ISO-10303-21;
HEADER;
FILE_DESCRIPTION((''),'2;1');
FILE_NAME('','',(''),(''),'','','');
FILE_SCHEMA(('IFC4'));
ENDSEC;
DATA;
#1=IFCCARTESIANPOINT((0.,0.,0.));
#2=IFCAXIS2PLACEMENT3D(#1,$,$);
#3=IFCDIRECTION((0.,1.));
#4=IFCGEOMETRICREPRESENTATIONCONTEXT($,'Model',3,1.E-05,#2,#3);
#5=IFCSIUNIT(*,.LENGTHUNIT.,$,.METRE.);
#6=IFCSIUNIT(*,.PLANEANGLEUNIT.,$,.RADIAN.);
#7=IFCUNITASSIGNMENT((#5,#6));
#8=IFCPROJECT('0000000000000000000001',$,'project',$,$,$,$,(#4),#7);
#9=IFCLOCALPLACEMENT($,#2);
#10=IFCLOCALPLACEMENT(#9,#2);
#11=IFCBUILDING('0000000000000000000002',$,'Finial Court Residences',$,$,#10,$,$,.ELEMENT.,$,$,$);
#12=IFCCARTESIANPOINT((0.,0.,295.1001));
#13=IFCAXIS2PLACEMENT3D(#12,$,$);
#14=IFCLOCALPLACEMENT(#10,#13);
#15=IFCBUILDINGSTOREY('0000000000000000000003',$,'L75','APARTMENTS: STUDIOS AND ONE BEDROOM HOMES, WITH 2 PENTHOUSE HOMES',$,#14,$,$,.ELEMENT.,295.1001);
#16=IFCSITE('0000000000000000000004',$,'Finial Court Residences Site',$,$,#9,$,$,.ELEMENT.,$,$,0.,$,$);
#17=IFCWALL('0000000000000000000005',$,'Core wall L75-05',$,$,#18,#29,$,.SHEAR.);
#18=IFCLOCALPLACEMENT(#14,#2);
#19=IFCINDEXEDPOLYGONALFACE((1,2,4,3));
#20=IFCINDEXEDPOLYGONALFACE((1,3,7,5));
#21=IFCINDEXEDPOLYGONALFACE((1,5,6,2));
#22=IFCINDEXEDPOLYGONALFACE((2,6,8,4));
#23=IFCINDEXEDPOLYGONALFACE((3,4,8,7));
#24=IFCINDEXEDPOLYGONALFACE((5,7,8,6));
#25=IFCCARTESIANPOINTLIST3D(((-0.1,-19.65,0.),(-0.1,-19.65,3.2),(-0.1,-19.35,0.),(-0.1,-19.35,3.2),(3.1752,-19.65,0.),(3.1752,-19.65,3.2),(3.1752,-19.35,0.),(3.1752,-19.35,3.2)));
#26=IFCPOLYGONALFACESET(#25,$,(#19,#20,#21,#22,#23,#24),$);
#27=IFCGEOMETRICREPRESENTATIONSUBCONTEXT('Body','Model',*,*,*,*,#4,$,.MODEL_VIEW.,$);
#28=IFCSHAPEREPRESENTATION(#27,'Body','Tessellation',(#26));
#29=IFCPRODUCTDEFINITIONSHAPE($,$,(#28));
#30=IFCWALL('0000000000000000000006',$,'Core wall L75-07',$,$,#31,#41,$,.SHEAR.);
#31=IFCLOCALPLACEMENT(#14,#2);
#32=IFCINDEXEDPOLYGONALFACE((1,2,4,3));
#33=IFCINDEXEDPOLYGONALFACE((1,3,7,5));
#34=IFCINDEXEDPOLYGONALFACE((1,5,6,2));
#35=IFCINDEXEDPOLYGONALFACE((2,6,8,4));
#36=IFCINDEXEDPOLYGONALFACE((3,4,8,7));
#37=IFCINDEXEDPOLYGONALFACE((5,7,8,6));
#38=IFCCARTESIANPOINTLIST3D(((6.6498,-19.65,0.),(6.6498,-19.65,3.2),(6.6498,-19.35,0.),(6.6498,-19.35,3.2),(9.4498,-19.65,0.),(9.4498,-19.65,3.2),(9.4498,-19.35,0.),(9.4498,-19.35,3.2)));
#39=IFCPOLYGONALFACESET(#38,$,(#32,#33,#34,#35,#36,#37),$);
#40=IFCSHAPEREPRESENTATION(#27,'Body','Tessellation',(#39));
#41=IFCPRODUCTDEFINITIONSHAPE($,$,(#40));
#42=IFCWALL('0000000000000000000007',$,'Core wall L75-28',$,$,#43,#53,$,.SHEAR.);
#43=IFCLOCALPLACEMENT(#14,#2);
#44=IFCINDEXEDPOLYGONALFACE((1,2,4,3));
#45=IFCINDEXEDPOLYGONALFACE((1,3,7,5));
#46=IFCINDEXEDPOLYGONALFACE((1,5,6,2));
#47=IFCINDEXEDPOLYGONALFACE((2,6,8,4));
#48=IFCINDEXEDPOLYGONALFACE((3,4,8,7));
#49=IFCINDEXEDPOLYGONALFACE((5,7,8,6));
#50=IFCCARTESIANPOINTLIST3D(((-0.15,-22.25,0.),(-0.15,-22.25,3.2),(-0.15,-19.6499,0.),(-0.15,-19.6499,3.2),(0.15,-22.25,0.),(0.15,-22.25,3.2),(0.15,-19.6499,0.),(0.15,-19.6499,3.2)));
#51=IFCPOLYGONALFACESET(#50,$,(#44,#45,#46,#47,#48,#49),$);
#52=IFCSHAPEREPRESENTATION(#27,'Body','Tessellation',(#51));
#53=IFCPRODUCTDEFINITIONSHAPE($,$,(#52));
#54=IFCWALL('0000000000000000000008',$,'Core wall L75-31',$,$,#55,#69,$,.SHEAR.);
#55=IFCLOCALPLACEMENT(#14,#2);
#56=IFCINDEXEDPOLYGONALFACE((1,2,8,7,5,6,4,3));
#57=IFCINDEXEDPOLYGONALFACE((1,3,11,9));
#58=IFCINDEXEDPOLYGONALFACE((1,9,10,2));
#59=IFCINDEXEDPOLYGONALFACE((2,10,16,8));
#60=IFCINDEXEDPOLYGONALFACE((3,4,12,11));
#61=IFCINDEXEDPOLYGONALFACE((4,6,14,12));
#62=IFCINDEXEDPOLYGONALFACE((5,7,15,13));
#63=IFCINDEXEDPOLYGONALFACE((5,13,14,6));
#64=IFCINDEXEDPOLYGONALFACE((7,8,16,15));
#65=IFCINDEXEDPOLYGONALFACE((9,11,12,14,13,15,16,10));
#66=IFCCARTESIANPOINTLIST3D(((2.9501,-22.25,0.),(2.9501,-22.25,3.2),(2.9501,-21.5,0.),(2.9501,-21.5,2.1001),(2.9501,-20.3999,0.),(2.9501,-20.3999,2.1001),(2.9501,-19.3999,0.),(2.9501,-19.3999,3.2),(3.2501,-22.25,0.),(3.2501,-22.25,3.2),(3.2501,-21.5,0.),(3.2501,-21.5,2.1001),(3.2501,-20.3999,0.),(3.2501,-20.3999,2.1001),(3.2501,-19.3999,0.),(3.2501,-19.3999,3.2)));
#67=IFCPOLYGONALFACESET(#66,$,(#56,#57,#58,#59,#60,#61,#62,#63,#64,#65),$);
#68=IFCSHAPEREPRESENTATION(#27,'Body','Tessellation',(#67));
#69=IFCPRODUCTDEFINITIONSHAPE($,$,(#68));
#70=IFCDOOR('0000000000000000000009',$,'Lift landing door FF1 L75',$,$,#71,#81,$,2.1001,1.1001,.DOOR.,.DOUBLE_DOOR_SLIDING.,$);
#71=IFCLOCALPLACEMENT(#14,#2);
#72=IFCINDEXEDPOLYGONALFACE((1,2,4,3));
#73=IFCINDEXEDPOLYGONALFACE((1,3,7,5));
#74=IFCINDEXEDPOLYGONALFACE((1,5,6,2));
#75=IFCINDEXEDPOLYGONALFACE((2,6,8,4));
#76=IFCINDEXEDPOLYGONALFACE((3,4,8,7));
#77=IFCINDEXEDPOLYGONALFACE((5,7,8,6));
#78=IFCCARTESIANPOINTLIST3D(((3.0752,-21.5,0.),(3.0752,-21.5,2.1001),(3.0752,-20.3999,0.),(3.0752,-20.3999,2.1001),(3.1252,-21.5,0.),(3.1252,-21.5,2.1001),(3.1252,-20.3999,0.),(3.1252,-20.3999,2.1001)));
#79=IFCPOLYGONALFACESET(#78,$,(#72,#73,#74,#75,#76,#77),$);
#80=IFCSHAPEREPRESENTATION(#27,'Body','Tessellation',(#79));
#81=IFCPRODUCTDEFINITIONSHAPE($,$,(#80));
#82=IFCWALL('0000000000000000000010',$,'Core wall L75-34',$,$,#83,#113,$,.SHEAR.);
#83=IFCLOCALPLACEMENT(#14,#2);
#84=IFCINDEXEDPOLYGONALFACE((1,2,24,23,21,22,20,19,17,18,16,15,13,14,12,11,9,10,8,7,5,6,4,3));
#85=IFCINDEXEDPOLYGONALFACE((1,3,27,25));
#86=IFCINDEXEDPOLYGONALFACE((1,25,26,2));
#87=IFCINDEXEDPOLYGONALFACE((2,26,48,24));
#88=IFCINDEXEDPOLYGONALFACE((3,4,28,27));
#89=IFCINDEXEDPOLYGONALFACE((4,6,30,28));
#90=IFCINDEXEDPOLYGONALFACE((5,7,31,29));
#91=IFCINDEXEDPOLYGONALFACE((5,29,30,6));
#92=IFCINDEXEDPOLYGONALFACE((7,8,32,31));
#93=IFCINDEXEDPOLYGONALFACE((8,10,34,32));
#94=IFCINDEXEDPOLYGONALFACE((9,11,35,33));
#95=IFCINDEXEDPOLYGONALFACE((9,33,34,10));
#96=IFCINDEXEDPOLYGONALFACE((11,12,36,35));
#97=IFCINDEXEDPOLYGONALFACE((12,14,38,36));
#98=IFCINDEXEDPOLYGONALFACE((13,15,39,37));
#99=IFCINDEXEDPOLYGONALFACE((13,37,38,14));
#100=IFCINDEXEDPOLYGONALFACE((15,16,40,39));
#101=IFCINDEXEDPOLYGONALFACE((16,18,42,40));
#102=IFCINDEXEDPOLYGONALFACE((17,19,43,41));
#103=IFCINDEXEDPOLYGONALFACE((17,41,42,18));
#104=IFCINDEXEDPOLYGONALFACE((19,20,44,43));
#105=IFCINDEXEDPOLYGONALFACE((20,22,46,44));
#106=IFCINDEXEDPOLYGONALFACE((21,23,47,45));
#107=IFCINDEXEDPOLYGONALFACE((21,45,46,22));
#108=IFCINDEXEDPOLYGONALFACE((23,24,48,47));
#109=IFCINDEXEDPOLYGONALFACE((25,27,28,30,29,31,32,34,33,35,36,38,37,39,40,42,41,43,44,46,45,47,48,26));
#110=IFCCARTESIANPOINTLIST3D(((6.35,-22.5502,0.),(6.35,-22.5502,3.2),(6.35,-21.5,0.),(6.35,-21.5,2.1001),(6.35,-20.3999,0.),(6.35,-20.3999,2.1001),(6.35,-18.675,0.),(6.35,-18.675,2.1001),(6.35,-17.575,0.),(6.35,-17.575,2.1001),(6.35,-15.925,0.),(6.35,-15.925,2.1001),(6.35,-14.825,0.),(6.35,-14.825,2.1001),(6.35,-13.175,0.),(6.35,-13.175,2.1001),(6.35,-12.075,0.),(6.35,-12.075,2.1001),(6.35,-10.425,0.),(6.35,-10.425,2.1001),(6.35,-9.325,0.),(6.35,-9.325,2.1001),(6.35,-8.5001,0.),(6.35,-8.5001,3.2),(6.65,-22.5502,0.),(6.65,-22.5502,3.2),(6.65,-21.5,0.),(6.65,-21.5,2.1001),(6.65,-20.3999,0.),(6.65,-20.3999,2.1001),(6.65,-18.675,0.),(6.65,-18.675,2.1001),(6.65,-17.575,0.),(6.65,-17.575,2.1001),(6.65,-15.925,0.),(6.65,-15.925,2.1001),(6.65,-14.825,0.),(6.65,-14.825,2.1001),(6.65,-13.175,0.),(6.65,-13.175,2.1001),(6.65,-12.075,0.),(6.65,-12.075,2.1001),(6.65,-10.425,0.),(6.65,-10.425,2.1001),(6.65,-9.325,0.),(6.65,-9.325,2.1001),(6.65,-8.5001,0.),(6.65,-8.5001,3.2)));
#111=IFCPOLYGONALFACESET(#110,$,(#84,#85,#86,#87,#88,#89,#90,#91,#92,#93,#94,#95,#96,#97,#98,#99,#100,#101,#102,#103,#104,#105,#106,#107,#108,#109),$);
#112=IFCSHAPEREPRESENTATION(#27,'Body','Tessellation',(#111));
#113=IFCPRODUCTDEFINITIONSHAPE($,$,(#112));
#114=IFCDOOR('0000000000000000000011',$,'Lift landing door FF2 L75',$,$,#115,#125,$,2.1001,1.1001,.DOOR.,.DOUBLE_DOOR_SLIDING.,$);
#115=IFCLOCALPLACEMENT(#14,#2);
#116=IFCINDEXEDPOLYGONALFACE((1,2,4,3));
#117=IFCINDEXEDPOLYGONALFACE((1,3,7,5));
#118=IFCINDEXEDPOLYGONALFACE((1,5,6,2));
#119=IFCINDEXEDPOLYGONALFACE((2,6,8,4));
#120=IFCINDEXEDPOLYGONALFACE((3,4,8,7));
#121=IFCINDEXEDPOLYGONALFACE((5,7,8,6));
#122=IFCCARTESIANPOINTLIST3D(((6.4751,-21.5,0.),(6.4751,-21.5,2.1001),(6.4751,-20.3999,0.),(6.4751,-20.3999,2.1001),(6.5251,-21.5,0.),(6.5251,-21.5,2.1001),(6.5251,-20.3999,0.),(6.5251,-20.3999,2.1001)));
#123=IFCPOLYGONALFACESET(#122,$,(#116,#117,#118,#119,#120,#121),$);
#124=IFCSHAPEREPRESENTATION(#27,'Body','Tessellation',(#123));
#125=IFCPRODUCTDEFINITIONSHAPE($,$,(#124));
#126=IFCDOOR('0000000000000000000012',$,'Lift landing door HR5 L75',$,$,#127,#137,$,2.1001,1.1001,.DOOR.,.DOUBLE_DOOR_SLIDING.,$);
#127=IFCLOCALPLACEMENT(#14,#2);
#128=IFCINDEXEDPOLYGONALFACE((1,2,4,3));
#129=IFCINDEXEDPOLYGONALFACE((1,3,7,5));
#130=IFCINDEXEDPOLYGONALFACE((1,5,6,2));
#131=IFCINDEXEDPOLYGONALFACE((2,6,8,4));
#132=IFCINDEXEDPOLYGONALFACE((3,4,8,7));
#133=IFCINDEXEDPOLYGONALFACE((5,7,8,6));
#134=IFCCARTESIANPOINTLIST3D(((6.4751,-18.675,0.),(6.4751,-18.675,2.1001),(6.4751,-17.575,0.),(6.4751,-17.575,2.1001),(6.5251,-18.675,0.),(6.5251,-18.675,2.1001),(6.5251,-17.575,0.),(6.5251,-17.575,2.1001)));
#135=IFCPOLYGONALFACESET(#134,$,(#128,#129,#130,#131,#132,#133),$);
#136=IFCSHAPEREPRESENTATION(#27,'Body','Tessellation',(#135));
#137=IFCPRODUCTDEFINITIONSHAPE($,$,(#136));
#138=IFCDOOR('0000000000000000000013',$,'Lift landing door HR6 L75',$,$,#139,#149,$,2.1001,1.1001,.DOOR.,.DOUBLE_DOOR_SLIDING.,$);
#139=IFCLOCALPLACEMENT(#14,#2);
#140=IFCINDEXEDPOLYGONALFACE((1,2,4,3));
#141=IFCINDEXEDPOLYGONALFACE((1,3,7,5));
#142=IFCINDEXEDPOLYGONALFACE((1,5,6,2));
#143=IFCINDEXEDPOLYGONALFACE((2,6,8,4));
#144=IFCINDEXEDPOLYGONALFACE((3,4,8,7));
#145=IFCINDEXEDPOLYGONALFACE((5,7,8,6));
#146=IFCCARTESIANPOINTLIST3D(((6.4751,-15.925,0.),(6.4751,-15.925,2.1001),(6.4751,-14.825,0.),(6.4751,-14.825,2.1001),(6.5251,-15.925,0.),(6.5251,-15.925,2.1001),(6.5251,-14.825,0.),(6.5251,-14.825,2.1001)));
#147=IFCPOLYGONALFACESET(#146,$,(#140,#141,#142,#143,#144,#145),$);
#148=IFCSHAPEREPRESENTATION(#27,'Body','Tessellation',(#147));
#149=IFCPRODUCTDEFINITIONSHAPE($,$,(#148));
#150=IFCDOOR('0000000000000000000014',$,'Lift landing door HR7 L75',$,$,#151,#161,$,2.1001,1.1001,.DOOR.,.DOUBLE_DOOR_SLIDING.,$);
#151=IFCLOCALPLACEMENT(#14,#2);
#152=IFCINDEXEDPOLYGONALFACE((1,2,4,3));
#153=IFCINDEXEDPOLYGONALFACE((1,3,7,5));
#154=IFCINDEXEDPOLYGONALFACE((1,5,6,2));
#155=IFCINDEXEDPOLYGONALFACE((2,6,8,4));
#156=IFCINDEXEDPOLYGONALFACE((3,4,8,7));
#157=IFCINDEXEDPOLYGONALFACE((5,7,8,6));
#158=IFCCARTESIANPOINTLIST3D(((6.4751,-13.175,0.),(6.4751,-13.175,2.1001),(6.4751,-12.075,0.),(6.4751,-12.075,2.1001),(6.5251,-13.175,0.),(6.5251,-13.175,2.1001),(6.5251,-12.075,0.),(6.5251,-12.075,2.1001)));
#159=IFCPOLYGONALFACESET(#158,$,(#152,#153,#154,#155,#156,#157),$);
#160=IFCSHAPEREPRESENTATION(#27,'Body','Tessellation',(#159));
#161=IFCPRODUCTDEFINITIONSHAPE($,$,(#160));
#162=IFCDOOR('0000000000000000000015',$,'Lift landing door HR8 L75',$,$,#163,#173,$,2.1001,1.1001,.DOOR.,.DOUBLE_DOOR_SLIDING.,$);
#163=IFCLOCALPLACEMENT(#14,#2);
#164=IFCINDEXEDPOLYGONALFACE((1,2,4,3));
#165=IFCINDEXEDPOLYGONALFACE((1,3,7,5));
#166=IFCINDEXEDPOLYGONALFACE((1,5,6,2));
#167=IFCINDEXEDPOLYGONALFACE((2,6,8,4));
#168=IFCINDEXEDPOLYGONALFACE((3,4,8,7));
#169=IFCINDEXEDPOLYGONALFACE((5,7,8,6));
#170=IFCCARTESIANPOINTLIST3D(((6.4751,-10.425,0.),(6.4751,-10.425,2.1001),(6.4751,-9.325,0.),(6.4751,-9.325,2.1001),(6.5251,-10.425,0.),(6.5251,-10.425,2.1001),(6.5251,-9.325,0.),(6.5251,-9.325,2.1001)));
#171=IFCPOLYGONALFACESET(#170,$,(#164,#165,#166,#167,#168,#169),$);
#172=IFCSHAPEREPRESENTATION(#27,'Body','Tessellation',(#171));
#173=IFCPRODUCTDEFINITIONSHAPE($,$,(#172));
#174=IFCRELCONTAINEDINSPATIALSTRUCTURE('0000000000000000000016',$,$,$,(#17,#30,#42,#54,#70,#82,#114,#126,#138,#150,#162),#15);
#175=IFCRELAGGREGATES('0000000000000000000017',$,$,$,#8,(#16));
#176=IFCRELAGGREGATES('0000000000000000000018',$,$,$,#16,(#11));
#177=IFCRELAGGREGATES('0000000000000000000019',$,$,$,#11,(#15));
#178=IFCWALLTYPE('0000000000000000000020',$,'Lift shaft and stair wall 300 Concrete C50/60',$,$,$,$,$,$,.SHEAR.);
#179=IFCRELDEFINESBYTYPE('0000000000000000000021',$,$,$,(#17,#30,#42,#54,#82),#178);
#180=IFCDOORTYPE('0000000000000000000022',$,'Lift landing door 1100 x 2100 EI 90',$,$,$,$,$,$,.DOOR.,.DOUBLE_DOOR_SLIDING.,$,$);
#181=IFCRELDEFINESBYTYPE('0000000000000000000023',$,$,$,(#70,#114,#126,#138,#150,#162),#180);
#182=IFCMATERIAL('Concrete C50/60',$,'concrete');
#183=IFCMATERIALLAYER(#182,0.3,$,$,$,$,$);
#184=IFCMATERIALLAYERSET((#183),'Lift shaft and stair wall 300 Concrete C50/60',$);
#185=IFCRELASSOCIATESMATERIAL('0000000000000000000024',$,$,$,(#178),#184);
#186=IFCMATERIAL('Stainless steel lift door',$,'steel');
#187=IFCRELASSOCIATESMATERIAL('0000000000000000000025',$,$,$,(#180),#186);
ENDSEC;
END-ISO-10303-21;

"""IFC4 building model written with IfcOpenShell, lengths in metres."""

from ifc_helpers import new_model, si_unit, direction, frame, frame_2d, origin, place, context, subcontext, project, spatial, rectangle, extrude, material, layer, layer_set, type_object, element, fill, save


model = new_model("IFC4")

# Units and contexts
model_context = context("Model", 3, precision=1e-05, world=origin(), true_north=direction((0.0, 1.0)))
body_context = subcontext(model_context, "Body", "Model", "MODEL_VIEW")
ifc_project = project(units=[si_unit("LENGTHUNIT", "METRE"), si_unit("PLANEANGLEUNIT", "RADIAN")], contexts=[model_context])

# Site, building, storey
site_placement = place(None, origin())
site = spatial("IfcSite", under=ifc_project, at=site_placement, Name="Finial Court Residences Site", CompositionType="ELEMENT", RefElevation=0.0)
building_placement = place(site_placement, origin())
building = spatial("IfcBuilding", under=site, at=building_placement, Name="Finial Court Residences", CompositionType="ELEMENT")
storey_placement = place(building_placement, frame((0.0, 0.0, 295.1001)))
storey = spatial("IfcBuildingStorey", under=building, at=storey_placement, Name="L75", Description="APARTMENTS: STUDIOS AND ONE BEDROOM HOMES, WITH 2 PENTHOUSE HOMES", CompositionType="ELEMENT", Elevation=295.1001)

# Walls
ifc_material_1 = material(Name="Concrete C50/60", Category="concrete")
ifc_layer_1 = layer(ifc_material_1, 0.3)
ifc_layer_set_1 = layer_set([ifc_layer_1], Name="Lift shaft and stair wall 300 Concrete C50/60")
wall_type_1 = type_object("IfcWallType", Name="Lift shaft and stair wall 300 Concrete C50/60", PredefinedType="SHEAR", material=ifc_layer_set_1)
wall_1_placement = place(storey_placement, frame((-0.1001, -19.5, 0.0), z_axis=(0.0, 0.0, 1.0), x_axis=(1.0, 0.0, 0.0)))
element("IfcWall", 1, at=wall_1_placement, inside=storey, type_object=wall_type_1, Name="Core wall L75-05", PredefinedType="SHEAR", context=body_context, shape_type="SweptSolid", body=[
    extrude(rectangle(XDim=3.2751, YDim=0.3, at=frame_2d((1.6377, 0.0))), origin(), (0.0, 0.0, 1.0), 3.2),
])
wall_2_placement = place(storey_placement, frame((6.6499, -19.5, 0.0), z_axis=(0.0, 0.0, 1.0), x_axis=(1.0, 0.0, 0.0)))
element("IfcWall", 2, at=wall_2_placement, inside=storey, type_object=wall_type_1, Name="Core wall L75-07", PredefinedType="SHEAR", context=body_context, shape_type="SweptSolid", body=[
    extrude(rectangle(XDim=2.8, YDim=0.3, at=frame_2d((1.3999, 0.0))), origin(), (0.0, 0.0, 1.0), 3.2),
])
wall_3_placement = place(storey_placement, frame((0.0, -22.25, 0.0), z_axis=(0.0, 0.0, 1.0), x_axis=(0.0, 1.0, 0.0)))
element("IfcWall", 3, at=wall_3_placement, inside=storey, type_object=wall_type_1, Name="Core wall L75-28", PredefinedType="SHEAR", context=body_context, shape_type="SweptSolid", body=[
    extrude(rectangle(XDim=2.6001, YDim=0.3, at=frame_2d((1.3, 0.0))), origin(), (0.0, 0.0, 1.0), 3.2),
])

# Wall, opening, door
wall_4_placement = place(storey_placement, frame((3.1001, -22.25, 0.0), z_axis=(0.0, 0.0, 1.0), x_axis=(0.0, 1.0, 0.0)))
wall_4 = element("IfcWall", 4, at=wall_4_placement, inside=storey, type_object=wall_type_1, Name="Core wall L75-31", PredefinedType="SHEAR", context=body_context, shape_type="SweptSolid", body=[
    extrude(rectangle(XDim=2.8501, YDim=0.3, at=frame_2d((1.425, 0.0))), origin(), (0.0, 0.0, 1.0), 3.2),
])
opening_1_placement = place(wall_4_placement, frame((0.75, 0.0, 0.0)))
opening_1 = element("IfcOpeningElement", 5, at=opening_1_placement, cuts=wall_4, PredefinedType="OPENING", context=body_context, shape_type="SweptSolid", body=[
    extrude(rectangle(XDim=1.1001, YDim=2.1001, at=frame_2d((0.55, 1.05))), frame((0.0, 0.1599, 0.0), z_axis=(0.0, -1.0, 0.0), x_axis=(1.0, 0.0, 0.0)), (0.0, 0.0, 1.0), 0.3201),
])
ifc_material_2 = material(Name="Stainless steel lift door", Category="steel")
door_type_1 = type_object("IfcDoorType", Name="Lift landing door 1100 x 2100 EI 90", OperationType="DOUBLE_DOOR_SLIDING", PredefinedType="DOOR", material=ifc_material_2)
door_1_placement = place(opening_1_placement, origin())
door_1 = element("IfcDoor", 6, at=door_1_placement, inside=storey, type_object=door_type_1, Name="Lift landing door FF1 L75", OperationType="DOUBLE_DOOR_SLIDING", OverallHeight=2.1001, OverallWidth=1.1001, PredefinedType="DOOR", context=body_context, shape_type="SweptSolid", body=[
    extrude(rectangle(XDim=1.1001, YDim=2.1001, at=frame_2d((0.55, 1.05))), frame((0.0, 0.0249, 0.0), z_axis=(0.0, -1.0, 0.0), x_axis=(1.0, 0.0, 0.0)), (0.0, 0.0, 1.0), 0.05),
])
fill(opening_1, door_1)

# Wall, openings, doors
wall_5_placement = place(storey_placement, frame((6.5, -22.55, 0.0), z_axis=(0.0, 0.0, 1.0), x_axis=(0.0, 1.0, 0.0)))
wall_5 = element("IfcWall", 7, at=wall_5_placement, inside=storey, type_object=wall_type_1, Name="Core wall L75-34", PredefinedType="SHEAR", context=body_context, shape_type="SweptSolid", body=[
    extrude(rectangle(XDim=14.05, YDim=0.3, at=frame_2d((7.0249, 0.0))), origin(), (0.0, 0.0, 1.0), 3.2),
])
opening_2_placement = place(wall_5_placement, frame((1.05, 0.0, 0.0)))
opening_2 = element("IfcOpeningElement", 8, at=opening_2_placement, cuts=wall_5, PredefinedType="OPENING", context=body_context, shape_type="SweptSolid", body=[
    extrude(rectangle(XDim=1.1001, YDim=2.1001, at=frame_2d((0.55, 1.05))), frame((0.0, 0.1599, 0.0), z_axis=(0.0, -1.0, 0.0), x_axis=(1.0, 0.0, 0.0)), (0.0, 0.0, 1.0), 0.3201),
])
opening_3_placement = place(wall_5_placement, frame((3.875, 0.0, 0.0)))
opening_3 = element("IfcOpeningElement", 9, at=opening_3_placement, cuts=wall_5, PredefinedType="OPENING", context=body_context, shape_type="SweptSolid", body=[
    extrude(rectangle(XDim=1.1001, YDim=2.1001, at=frame_2d((0.55, 1.05))), frame((0.0, 0.1599, 0.0), z_axis=(0.0, -1.0, 0.0), x_axis=(1.0, 0.0, 0.0)), (0.0, 0.0, 1.0), 0.3201),
])
opening_4_placement = place(wall_5_placement, frame((6.625, 0.0, 0.0)))
opening_4 = element("IfcOpeningElement", 10, at=opening_4_placement, cuts=wall_5, PredefinedType="OPENING", context=body_context, shape_type="SweptSolid", body=[
    extrude(rectangle(XDim=1.1001, YDim=2.1001, at=frame_2d((0.55, 1.05))), frame((0.0, 0.1599, 0.0), z_axis=(0.0, -1.0, 0.0), x_axis=(1.0, 0.0, 0.0)), (0.0, 0.0, 1.0), 0.3201),
])
opening_5_placement = place(wall_5_placement, frame((9.375, 0.0, 0.0)))
opening_5 = element("IfcOpeningElement", 11, at=opening_5_placement, cuts=wall_5, PredefinedType="OPENING", context=body_context, shape_type="SweptSolid", body=[
    extrude(rectangle(XDim=1.1001, YDim=2.1001, at=frame_2d((0.55, 1.05))), frame((0.0, 0.1599, 0.0), z_axis=(0.0, -1.0, 0.0), x_axis=(1.0, 0.0, 0.0)), (0.0, 0.0, 1.0), 0.3201),
])
opening_6_placement = place(wall_5_placement, frame((12.125, 0.0, 0.0)))
opening_6 = element("IfcOpeningElement", 12, at=opening_6_placement, cuts=wall_5, PredefinedType="OPENING", context=body_context, shape_type="SweptSolid", body=[
    extrude(rectangle(XDim=1.1001, YDim=2.1001, at=frame_2d((0.55, 1.05))), frame((0.0, 0.1599, 0.0), z_axis=(0.0, -1.0, 0.0), x_axis=(1.0, 0.0, 0.0)), (0.0, 0.0, 1.0), 0.3201),
])
door_2_placement = place(opening_2_placement, origin())
door_2 = element("IfcDoor", 13, at=door_2_placement, inside=storey, type_object=door_type_1, Name="Lift landing door FF2 L75", OperationType="DOUBLE_DOOR_SLIDING", OverallHeight=2.1001, OverallWidth=1.1001, PredefinedType="DOOR", context=body_context, shape_type="SweptSolid", body=[
    extrude(rectangle(XDim=1.1001, YDim=2.1001, at=frame_2d((0.55, 1.05))), frame((0.0, 0.0249, 0.0), z_axis=(0.0, -1.0, 0.0), x_axis=(1.0, 0.0, 0.0)), (0.0, 0.0, 1.0), 0.05),
])
fill(opening_2, door_2)
door_3_placement = place(opening_3_placement, origin())
door_3 = element("IfcDoor", 14, at=door_3_placement, inside=storey, type_object=door_type_1, Name="Lift landing door HR5 L75", OperationType="DOUBLE_DOOR_SLIDING", OverallHeight=2.1001, OverallWidth=1.1001, PredefinedType="DOOR", context=body_context, shape_type="SweptSolid", body=[
    extrude(rectangle(XDim=1.1001, YDim=2.1001, at=frame_2d((0.55, 1.05))), frame((0.0, 0.0249, 0.0), z_axis=(0.0, -1.0, 0.0), x_axis=(1.0, 0.0, 0.0)), (0.0, 0.0, 1.0), 0.05),
])
fill(opening_3, door_3)
door_4_placement = place(opening_4_placement, origin())
door_4 = element("IfcDoor", 15, at=door_4_placement, inside=storey, type_object=door_type_1, Name="Lift landing door HR6 L75", OperationType="DOUBLE_DOOR_SLIDING", OverallHeight=2.1001, OverallWidth=1.1001, PredefinedType="DOOR", context=body_context, shape_type="SweptSolid", body=[
    extrude(rectangle(XDim=1.1001, YDim=2.1001, at=frame_2d((0.55, 1.05))), frame((0.0, 0.0249, 0.0), z_axis=(0.0, -1.0, 0.0), x_axis=(1.0, 0.0, 0.0)), (0.0, 0.0, 1.0), 0.05),
])
fill(opening_4, door_4)
door_5_placement = place(opening_5_placement, origin())
door_5 = element("IfcDoor", 16, at=door_5_placement, inside=storey, type_object=door_type_1, Name="Lift landing door HR7 L75", OperationType="DOUBLE_DOOR_SLIDING", OverallHeight=2.1001, OverallWidth=1.1001, PredefinedType="DOOR", context=body_context, shape_type="SweptSolid", body=[
    extrude(rectangle(XDim=1.1001, YDim=2.1001, at=frame_2d((0.55, 1.05))), frame((0.0, 0.0249, 0.0), z_axis=(0.0, -1.0, 0.0), x_axis=(1.0, 0.0, 0.0)), (0.0, 0.0, 1.0), 0.05),
])
fill(opening_5, door_5)
door_6_placement = place(opening_6_placement, origin())
door_6 = element("IfcDoor", 17, at=door_6_placement, inside=storey, type_object=door_type_1, Name="Lift landing door HR8 L75", OperationType="DOUBLE_DOOR_SLIDING", OverallHeight=2.1001, OverallWidth=1.1001, PredefinedType="DOOR", context=body_context, shape_type="SweptSolid", body=[
    extrude(rectangle(XDim=1.1001, YDim=2.1001, at=frame_2d((0.55, 1.05))), frame((0.0, 0.0249, 0.0), z_axis=(0.0, -1.0, 0.0), x_axis=(1.0, 0.0, 0.0)), (0.0, 0.0, 1.0), 0.05),
])
fill(opening_6, door_6)

save(model, "model.ifc")
